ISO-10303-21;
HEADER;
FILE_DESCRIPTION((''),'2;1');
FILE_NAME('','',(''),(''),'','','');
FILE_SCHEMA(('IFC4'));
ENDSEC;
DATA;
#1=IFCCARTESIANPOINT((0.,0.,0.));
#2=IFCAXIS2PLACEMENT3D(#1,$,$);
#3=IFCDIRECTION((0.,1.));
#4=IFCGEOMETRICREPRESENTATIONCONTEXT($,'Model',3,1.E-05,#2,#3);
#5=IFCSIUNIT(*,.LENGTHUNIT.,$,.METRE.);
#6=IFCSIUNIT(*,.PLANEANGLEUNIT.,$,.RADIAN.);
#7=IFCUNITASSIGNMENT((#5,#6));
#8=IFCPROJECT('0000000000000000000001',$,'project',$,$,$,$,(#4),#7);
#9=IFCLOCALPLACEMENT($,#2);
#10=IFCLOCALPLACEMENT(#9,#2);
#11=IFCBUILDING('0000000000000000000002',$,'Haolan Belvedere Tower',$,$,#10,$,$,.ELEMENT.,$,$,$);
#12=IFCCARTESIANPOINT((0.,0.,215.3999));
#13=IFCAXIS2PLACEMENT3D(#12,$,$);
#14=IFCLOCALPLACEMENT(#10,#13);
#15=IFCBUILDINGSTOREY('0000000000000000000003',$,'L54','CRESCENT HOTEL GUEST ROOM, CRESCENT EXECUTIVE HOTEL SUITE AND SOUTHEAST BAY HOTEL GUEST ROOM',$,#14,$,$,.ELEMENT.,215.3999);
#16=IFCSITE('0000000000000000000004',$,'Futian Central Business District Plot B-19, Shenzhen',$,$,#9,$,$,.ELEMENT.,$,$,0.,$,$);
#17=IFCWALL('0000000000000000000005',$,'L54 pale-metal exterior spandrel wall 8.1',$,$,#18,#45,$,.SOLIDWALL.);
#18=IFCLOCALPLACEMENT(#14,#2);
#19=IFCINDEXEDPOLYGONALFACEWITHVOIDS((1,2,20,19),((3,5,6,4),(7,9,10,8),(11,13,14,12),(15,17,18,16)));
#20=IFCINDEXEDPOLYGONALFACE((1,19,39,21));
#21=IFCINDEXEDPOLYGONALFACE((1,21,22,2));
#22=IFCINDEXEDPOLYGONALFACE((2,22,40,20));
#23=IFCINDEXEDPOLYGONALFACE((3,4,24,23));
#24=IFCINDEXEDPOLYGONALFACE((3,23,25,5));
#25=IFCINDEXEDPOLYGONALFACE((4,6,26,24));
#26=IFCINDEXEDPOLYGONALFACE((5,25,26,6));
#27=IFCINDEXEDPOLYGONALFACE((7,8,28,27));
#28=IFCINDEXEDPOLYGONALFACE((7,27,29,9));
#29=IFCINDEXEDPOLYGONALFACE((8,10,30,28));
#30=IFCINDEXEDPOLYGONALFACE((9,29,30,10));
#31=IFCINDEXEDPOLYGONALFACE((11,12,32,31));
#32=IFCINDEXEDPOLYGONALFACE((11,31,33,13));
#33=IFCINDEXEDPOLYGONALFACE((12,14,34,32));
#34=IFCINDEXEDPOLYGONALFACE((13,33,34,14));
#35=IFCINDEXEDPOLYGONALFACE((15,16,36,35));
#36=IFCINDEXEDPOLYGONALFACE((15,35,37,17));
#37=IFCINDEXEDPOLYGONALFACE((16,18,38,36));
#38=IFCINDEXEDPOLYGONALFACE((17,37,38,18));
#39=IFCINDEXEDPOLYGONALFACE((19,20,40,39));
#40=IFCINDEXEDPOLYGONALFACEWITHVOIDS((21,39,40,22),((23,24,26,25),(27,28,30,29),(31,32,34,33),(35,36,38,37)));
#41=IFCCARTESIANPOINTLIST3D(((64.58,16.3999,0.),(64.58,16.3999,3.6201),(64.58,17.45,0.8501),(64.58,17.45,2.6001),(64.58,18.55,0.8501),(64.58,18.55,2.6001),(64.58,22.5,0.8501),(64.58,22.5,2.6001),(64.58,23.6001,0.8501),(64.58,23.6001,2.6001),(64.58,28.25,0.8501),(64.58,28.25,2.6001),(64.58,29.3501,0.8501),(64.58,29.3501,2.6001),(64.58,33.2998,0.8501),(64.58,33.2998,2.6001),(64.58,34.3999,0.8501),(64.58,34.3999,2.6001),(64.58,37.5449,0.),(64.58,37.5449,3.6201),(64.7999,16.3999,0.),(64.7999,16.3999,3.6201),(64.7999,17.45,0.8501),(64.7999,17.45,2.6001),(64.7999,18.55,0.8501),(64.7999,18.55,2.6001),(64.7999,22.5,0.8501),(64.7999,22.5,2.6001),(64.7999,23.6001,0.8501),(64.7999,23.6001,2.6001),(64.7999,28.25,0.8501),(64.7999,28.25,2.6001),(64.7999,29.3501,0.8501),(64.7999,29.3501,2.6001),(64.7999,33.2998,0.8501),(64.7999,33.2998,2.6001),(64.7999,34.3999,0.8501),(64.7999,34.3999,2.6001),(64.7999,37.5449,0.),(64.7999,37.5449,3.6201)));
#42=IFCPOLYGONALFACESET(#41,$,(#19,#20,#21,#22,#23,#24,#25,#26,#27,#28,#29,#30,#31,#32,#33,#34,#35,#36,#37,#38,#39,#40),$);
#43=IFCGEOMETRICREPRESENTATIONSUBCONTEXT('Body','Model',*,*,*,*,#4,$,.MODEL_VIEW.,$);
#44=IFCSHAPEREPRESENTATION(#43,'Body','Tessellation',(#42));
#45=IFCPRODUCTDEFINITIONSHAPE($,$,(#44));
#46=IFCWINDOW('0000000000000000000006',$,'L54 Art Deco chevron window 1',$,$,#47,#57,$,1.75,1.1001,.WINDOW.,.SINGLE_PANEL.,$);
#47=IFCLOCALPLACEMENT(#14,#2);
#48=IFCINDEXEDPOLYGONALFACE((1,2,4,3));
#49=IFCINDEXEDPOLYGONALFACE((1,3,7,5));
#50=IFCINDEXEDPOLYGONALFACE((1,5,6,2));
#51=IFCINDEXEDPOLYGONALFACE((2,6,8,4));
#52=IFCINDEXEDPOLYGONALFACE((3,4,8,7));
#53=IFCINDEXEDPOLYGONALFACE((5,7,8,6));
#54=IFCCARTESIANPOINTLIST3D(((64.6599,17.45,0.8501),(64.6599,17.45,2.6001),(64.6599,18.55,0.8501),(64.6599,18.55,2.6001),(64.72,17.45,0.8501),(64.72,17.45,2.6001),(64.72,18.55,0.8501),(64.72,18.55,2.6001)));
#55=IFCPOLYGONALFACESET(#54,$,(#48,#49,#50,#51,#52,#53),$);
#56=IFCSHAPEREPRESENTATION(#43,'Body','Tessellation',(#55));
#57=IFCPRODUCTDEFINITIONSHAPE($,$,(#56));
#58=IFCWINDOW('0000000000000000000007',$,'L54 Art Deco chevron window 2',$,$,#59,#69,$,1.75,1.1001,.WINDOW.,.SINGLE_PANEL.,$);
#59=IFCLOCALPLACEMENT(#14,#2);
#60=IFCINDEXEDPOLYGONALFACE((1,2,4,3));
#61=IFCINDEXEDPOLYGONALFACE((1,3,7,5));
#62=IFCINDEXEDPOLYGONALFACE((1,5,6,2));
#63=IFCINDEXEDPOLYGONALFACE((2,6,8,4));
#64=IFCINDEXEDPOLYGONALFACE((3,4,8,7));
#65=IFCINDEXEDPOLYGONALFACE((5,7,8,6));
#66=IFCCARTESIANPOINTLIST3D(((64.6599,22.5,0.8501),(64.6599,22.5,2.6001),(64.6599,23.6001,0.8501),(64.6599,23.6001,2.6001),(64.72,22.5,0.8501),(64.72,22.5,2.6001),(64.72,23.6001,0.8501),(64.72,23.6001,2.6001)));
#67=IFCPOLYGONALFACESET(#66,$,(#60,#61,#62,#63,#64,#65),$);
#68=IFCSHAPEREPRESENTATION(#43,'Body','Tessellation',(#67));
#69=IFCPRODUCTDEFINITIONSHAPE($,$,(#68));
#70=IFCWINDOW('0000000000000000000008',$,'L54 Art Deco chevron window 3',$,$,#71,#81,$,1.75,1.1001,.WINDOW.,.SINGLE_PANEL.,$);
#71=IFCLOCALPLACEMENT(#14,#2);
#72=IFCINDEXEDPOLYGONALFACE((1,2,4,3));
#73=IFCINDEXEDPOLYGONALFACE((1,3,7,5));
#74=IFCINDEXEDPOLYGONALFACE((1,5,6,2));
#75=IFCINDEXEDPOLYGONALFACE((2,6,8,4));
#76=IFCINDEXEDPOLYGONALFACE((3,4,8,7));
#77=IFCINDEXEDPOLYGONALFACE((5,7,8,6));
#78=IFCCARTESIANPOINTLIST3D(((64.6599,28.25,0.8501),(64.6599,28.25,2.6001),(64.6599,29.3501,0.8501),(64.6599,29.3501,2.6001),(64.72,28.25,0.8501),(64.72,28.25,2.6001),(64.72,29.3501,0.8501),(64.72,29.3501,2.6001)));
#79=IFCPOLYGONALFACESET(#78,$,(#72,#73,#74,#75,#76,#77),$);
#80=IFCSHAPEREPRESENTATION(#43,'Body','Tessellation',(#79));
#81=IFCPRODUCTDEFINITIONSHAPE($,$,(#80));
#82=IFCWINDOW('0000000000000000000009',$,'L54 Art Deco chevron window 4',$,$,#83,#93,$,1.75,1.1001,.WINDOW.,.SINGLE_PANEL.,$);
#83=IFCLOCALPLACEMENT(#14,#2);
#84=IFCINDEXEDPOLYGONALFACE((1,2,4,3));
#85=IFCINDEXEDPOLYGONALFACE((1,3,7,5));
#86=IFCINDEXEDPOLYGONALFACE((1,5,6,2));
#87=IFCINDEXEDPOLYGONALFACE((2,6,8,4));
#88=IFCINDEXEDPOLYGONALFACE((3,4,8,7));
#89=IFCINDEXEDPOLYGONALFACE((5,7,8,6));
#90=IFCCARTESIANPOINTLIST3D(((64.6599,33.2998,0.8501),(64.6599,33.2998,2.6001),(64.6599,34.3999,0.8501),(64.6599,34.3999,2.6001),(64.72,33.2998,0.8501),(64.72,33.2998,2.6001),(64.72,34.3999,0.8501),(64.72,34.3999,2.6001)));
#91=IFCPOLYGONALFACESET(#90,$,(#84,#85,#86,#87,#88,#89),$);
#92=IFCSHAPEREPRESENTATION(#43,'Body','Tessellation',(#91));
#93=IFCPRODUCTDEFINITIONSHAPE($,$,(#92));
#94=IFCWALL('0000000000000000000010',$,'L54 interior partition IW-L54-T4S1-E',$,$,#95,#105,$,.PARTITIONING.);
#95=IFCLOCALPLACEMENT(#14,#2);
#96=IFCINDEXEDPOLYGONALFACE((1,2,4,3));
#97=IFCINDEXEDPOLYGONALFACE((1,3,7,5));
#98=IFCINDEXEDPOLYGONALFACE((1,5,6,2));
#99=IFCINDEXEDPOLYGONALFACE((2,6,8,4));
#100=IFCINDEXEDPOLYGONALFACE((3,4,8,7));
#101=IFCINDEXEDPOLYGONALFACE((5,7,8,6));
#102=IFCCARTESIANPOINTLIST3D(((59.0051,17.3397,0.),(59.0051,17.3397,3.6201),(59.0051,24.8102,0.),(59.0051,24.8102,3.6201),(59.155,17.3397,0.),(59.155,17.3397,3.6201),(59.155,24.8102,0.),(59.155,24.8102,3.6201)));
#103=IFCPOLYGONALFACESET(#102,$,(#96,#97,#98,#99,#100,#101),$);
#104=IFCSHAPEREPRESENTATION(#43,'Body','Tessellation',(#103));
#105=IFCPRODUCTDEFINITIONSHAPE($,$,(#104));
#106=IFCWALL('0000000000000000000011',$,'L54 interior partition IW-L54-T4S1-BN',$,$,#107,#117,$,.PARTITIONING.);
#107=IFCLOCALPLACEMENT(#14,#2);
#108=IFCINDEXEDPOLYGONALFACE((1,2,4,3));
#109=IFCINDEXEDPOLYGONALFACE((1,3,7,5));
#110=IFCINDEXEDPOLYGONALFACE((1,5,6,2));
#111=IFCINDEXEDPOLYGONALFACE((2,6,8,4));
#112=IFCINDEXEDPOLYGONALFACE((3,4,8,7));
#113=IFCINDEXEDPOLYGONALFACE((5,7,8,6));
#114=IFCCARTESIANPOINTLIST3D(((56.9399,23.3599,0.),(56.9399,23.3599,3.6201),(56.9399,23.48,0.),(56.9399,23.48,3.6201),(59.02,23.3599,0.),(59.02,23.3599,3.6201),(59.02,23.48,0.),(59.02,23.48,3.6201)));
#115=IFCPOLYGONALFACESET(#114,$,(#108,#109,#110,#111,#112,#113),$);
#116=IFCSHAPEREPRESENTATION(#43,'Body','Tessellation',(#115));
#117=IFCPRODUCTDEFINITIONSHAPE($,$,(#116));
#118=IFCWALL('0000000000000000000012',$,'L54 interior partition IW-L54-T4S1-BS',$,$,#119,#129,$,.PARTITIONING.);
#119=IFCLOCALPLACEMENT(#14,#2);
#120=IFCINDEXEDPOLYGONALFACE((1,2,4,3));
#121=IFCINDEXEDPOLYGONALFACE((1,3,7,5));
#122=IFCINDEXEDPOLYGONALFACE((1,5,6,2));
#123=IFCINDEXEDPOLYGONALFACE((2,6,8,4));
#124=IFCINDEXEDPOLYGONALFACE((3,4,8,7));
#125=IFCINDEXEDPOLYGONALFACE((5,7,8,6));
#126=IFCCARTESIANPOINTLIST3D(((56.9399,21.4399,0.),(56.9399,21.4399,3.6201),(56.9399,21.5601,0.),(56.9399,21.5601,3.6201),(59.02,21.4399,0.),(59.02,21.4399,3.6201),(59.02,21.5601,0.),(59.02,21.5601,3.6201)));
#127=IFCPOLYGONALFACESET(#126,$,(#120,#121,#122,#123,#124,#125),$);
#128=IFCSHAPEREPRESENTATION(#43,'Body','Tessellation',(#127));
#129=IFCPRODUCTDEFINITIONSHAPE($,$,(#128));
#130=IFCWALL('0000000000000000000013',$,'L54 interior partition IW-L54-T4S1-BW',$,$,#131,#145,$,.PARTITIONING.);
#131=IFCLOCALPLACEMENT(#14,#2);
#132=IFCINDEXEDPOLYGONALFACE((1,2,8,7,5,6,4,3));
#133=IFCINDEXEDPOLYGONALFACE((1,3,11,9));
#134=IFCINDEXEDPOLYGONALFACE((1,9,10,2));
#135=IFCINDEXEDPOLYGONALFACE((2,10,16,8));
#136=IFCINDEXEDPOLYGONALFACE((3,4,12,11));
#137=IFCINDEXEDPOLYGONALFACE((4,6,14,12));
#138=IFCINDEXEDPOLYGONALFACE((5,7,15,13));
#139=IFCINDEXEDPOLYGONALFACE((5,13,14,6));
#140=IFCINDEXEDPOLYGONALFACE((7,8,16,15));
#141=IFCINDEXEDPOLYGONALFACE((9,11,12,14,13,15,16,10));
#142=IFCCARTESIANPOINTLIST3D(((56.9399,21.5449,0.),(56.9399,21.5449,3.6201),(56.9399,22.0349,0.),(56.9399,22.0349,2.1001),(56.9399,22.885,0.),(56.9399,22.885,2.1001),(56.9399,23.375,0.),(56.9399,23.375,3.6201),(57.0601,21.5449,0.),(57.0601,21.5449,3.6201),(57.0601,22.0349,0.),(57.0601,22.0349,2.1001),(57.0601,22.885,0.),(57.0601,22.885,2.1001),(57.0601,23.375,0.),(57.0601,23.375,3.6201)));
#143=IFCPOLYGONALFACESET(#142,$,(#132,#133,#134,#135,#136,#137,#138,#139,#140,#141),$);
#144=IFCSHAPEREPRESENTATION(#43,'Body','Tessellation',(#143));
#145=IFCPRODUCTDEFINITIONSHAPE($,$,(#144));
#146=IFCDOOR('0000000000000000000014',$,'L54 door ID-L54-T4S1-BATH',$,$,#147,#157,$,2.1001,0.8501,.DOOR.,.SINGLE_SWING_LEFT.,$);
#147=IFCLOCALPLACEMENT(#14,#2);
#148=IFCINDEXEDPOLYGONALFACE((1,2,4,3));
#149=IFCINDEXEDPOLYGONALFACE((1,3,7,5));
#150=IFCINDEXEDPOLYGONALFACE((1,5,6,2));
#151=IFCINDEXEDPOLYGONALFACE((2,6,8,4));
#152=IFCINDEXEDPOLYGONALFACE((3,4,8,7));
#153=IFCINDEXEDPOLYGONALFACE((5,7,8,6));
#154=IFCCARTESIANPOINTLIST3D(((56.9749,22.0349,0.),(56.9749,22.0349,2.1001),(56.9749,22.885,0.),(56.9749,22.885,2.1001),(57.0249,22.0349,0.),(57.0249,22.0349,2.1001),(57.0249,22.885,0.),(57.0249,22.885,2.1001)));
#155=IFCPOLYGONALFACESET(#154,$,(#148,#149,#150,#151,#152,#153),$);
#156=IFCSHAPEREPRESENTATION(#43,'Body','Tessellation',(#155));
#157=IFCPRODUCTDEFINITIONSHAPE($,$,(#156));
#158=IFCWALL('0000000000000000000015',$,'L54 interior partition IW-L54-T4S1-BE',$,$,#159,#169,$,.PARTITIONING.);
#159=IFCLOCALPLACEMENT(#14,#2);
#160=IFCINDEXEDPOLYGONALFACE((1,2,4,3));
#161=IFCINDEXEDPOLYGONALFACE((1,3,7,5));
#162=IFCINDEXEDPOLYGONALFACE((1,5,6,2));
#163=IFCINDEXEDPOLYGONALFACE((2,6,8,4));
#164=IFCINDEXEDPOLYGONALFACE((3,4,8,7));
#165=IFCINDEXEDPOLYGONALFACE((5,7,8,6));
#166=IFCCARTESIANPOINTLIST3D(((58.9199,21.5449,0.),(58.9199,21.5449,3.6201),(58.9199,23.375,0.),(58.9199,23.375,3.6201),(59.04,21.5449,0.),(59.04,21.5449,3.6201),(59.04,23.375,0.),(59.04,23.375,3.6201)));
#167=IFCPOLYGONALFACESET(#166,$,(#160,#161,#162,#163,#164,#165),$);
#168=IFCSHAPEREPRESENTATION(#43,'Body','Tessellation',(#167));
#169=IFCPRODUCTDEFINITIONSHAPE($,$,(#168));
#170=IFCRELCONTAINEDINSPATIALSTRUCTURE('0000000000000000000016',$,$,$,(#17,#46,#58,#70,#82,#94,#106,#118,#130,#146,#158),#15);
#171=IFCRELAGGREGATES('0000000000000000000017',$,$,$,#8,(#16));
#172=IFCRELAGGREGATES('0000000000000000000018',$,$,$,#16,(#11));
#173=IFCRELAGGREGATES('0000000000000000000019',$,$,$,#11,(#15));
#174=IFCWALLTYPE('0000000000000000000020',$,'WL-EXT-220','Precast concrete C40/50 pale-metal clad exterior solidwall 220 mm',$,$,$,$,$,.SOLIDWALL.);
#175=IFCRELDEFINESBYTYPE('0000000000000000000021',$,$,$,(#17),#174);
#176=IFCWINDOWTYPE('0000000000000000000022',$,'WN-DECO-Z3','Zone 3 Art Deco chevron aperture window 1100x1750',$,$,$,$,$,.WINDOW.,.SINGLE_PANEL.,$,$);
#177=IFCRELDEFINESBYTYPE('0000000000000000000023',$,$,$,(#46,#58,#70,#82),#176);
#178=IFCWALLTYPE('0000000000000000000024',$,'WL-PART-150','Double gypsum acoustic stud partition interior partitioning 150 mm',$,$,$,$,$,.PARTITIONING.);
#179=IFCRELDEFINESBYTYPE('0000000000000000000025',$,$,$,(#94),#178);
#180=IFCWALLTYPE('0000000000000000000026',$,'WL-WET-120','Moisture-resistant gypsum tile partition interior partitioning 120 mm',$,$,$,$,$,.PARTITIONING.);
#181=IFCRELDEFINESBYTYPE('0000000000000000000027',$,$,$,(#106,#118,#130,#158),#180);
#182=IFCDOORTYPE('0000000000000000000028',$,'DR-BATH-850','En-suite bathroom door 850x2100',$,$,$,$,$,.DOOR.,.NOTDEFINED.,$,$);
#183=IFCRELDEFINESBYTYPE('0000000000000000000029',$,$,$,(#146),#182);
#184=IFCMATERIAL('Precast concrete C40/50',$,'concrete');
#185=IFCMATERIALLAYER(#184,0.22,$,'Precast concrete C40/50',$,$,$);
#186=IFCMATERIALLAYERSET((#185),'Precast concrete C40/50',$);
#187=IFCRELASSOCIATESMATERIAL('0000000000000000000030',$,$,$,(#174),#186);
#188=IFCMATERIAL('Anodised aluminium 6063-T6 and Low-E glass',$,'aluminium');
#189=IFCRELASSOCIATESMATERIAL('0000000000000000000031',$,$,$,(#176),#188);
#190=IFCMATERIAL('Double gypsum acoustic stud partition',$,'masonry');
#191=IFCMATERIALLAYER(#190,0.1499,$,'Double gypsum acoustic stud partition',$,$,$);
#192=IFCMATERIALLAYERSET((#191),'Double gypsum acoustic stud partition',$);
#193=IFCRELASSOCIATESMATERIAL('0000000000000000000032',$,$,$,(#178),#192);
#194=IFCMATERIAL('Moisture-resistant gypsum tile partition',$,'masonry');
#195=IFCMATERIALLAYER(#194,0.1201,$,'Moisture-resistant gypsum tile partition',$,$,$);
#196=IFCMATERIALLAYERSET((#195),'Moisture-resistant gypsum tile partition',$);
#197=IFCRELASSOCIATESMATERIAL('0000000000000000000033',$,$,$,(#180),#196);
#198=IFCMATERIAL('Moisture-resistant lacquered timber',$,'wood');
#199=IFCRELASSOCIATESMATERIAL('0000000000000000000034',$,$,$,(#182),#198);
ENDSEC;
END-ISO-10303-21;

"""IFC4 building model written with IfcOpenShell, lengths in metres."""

from ifc_helpers import new_model, si_unit, direction, frame, frame_2d, origin, place, context, subcontext, project, spatial, rectangle, extrude, material, layer, layer_set, type_object, element, fill, save


model = new_model("IFC4")

# Units and contexts
model_context = context("Model", 3, precision=1e-05, world=origin(), true_north=direction((0.0, 1.0)))
body_context = subcontext(model_context, "Body", "Model", "MODEL_VIEW")
ifc_project = project(units=[si_unit("LENGTHUNIT", "METRE"), si_unit("PLANEANGLEUNIT", "RADIAN")], contexts=[model_context])

# Site, building, storey
site_placement = place(None, origin())
site = spatial("IfcSite", under=ifc_project, at=site_placement, Name="Futian Central Business District Plot B-19, Shenzhen", CompositionType="ELEMENT", RefElevation=0.0)
building_placement = place(site_placement, origin())
building = spatial("IfcBuilding", under=site, at=building_placement, Name="Haolan Belvedere Tower", CompositionType="ELEMENT")
storey_placement = place(building_placement, frame((0.0, 0.0, 215.3999)))
storey = spatial("IfcBuildingStorey", under=building, at=storey_placement, Name="L54", Description="CRESCENT HOTEL GUEST ROOM, CRESCENT EXECUTIVE HOTEL SUITE AND SOUTHEAST BAY HOTEL GUEST ROOM", CompositionType="ELEMENT", Elevation=215.3999)

# Shared definitions
ifc_material_1 = material(Name="Precast concrete C40/50", Category="concrete")
ifc_layer_1 = layer(ifc_material_1, 0.22, Name="Precast concrete C40/50")
ifc_layer_set_1 = layer_set([ifc_layer_1], Name="Precast concrete C40/50")
wall_type_1 = type_object("IfcWallType", Name="WL-EXT-220", Description="Precast concrete C40/50 pale-metal clad exterior solidwall 220 mm", PredefinedType="SOLIDWALL", material=ifc_layer_set_1)
ifc_material_2 = material(Name="Anodised aluminium 6063-T6 and Low-E glass", Category="aluminium")
window_type = type_object("IfcWindowType", Name="WN-DECO-Z3", Description="Zone 3 Art Deco chevron aperture window 1100x1750", PartitioningType="SINGLE_PANEL", PredefinedType="WINDOW", material=ifc_material_2)

# Wall, openings, windows
wall_1_placement = place(storey_placement, frame((64.6899, 16.3999, 0.0), z_axis=(0.0, 0.0, 1.0), x_axis=(0.0, 1.0, 0.0)))
wall_1 = element("IfcWall", 1, at=wall_1_placement, inside=storey, type_object=wall_type_1, Name="L54 pale-metal exterior spandrel wall 8.1", PredefinedType="SOLIDWALL", context=body_context, shape_type="SweptSolid", body=[
    extrude(rectangle(XDim=21.145, YDim=0.22, at=frame_2d((10.5725, 0.0))), origin(), (0.0, 0.0, 1.0), 3.6201),
])
opening_1_placement = place(wall_1_placement, frame((1.05, 0.0, 0.8501)))
opening_1 = element("IfcOpeningElement", 2, at=opening_1_placement, cuts=wall_1, PredefinedType="OPENING", context=body_context, shape_type="SweptSolid", body=[
    extrude(rectangle(XDim=1.1001, YDim=1.75, at=frame_2d((0.55, 0.875))), frame((0.0, 0.1199, 0.0), z_axis=(0.0, -1.0, 0.0), x_axis=(1.0, 0.0, 0.0)), (0.0, 0.0, 1.0), 0.24),
])
opening_2_placement = place(wall_1_placement, frame((6.1001, 0.0, 0.8501)))
opening_2 = element("IfcOpeningElement", 3, at=opening_2_placement, cuts=wall_1, PredefinedType="OPENING", context=body_context, shape_type="SweptSolid", body=[
    extrude(rectangle(XDim=1.1001, YDim=1.75, at=frame_2d((0.55, 0.875))), frame((0.0, 0.1199, 0.0), z_axis=(0.0, -1.0, 0.0), x_axis=(1.0, 0.0, 0.0)), (0.0, 0.0, 1.0), 0.24),
])
opening_3_placement = place(wall_1_placement, frame((11.8501, 0.0, 0.8501)))
opening_3 = element("IfcOpeningElement", 4, at=opening_3_placement, cuts=wall_1, PredefinedType="OPENING", context=body_context, shape_type="SweptSolid", body=[
    extrude(rectangle(XDim=1.1001, YDim=1.75, at=frame_2d((0.55, 0.875))), frame((0.0, 0.1199, 0.0), z_axis=(0.0, -1.0, 0.0), x_axis=(1.0, 0.0, 0.0)), (0.0, 0.0, 1.0), 0.24),
])
opening_4_placement = place(wall_1_placement, frame((16.8999, 0.0, 0.8501)))
opening_4 = element("IfcOpeningElement", 5, at=opening_4_placement, cuts=wall_1, PredefinedType="OPENING", context=body_context, shape_type="SweptSolid", body=[
    extrude(rectangle(XDim=1.1001, YDim=1.75, at=frame_2d((0.55, 0.875))), frame((0.0, 0.1199, 0.0), z_axis=(0.0, -1.0, 0.0), x_axis=(1.0, 0.0, 0.0)), (0.0, 0.0, 1.0), 0.24),
])
window_1_placement = place(opening_1_placement, origin())
window_1 = element("IfcWindow", 6, at=window_1_placement, inside=storey, type_object=window_type, Name="L54 Art Deco chevron window 1", OverallHeight=1.75, OverallWidth=1.1001, PartitioningType="SINGLE_PANEL", PredefinedType="WINDOW", context=body_context, shape_type="SweptSolid", body=[
    extrude(rectangle(XDim=1.1001, YDim=1.75, at=frame_2d((0.55, 0.875))), frame((0.0, 0.03, 0.0), z_axis=(0.0, -1.0, 0.0), x_axis=(1.0, 0.0, 0.0)), (0.0, 0.0, 1.0), 0.0601),
])
fill(opening_1, window_1)
window_2_placement = place(opening_2_placement, origin())
window_2 = element("IfcWindow", 7, at=window_2_placement, inside=storey, type_object=window_type, Name="L54 Art Deco chevron window 2", OverallHeight=1.75, OverallWidth=1.1001, PartitioningType="SINGLE_PANEL", PredefinedType="WINDOW", context=body_context, shape_type="SweptSolid", body=[
    extrude(rectangle(XDim=1.1001, YDim=1.75, at=frame_2d((0.55, 0.875))), frame((0.0, 0.03, 0.0), z_axis=(0.0, -1.0, 0.0), x_axis=(1.0, 0.0, 0.0)), (0.0, 0.0, 1.0), 0.0601),
])
fill(opening_2, window_2)
window_3_placement = place(opening_3_placement, origin())
window_3 = element("IfcWindow", 8, at=window_3_placement, inside=storey, type_object=window_type, Name="L54 Art Deco chevron window 3", OverallHeight=1.75, OverallWidth=1.1001, PartitioningType="SINGLE_PANEL", PredefinedType="WINDOW", context=body_context, shape_type="SweptSolid", body=[
    extrude(rectangle(XDim=1.1001, YDim=1.75, at=frame_2d((0.55, 0.875))), frame((0.0, 0.03, 0.0), z_axis=(0.0, -1.0, 0.0), x_axis=(1.0, 0.0, 0.0)), (0.0, 0.0, 1.0), 0.0601),
])
fill(opening_3, window_3)
window_4_placement = place(opening_4_placement, origin())
window_4 = element("IfcWindow", 9, at=window_4_placement, inside=storey, type_object=window_type, Name="L54 Art Deco chevron window 4", OverallHeight=1.75, OverallWidth=1.1001, PartitioningType="SINGLE_PANEL", PredefinedType="WINDOW", context=body_context, shape_type="SweptSolid", body=[
    extrude(rectangle(XDim=1.1001, YDim=1.75, at=frame_2d((0.55, 0.875))), frame((0.0, 0.03, 0.0), z_axis=(0.0, -1.0, 0.0), x_axis=(1.0, 0.0, 0.0)), (0.0, 0.0, 1.0), 0.0601),
])
fill(opening_4, window_4)

# Walls
ifc_material_3 = material(Name="Double gypsum acoustic stud partition", Category="masonry")
ifc_layer_2 = layer(ifc_material_3, 0.1499, Name="Double gypsum acoustic stud partition")
ifc_layer_set_2 = layer_set([ifc_layer_2], Name="Double gypsum acoustic stud partition")
wall_type_2 = type_object("IfcWallType", Name="WL-PART-150", Description="Double gypsum acoustic stud partition interior partitioning 150 mm", PredefinedType="PARTITIONING", material=ifc_layer_set_2)
wall_2_placement = place(storey_placement, frame((59.0801, 17.3396, 0.0), z_axis=(0.0, 0.0, 1.0), x_axis=(0.0, 1.0, 0.0)))
element("IfcWall", 10, at=wall_2_placement, inside=storey, type_object=wall_type_2, Name="L54 interior partition IW-L54-T4S1-E", PredefinedType="PARTITIONING", context=body_context, shape_type="SweptSolid", body=[
    extrude(rectangle(XDim=7.4705, YDim=0.1499, at=frame_2d((3.7354, 0.0))), origin(), (0.0, 0.0, 1.0), 3.6201),
])
ifc_material_4 = material(Name="Moisture-resistant gypsum tile partition", Category="masonry")
ifc_layer_3 = layer(ifc_material_4, 0.1201, Name="Moisture-resistant gypsum tile partition")
ifc_layer_set_3 = layer_set([ifc_layer_3], Name="Moisture-resistant gypsum tile partition")
wall_type_3 = type_object("IfcWallType", Name="WL-WET-120", Description="Moisture-resistant gypsum tile partition interior partitioning 120 mm", PredefinedType="PARTITIONING", material=ifc_layer_set_3)
for number, where, z_axis, x_axis, name in (
    (11, (56.9399, 23.4199, 0.0), (0.0, 0.0, 1.0), (1.0, 0.0, 0.0), "L54 interior partition IW-L54-T4S1-BN"),
    (12, (56.9399, 21.5, 0.0), (0.0, 0.0, 1.0), (1.0, 0.0, 0.0), "L54 interior partition IW-L54-T4S1-BS"),
):
    element("IfcWall", number, at=place(storey_placement, frame(where, z_axis=z_axis, x_axis=x_axis)), inside=storey, type_object=wall_type_3, Name=name, PredefinedType="PARTITIONING", context=body_context, shape_type="SweptSolid", body=[
        extrude(rectangle(XDim=2.0801, YDim=0.1201, at=frame_2d((1.04, 0.0))), origin(), (0.0, 0.0, 1.0), 3.6201),
    ])

# Wall, opening, door
wall_3_placement = place(storey_placement, frame((57.0, 21.5449, 0.0), z_axis=(0.0, 0.0, 1.0), x_axis=(0.0, 1.0, 0.0)))
wall_3 = element("IfcWall", 13, at=wall_3_placement, inside=storey, type_object=wall_type_3, Name="L54 interior partition IW-L54-T4S1-BW", PredefinedType="PARTITIONING", context=body_context, shape_type="SweptSolid", body=[
    extrude(rectangle(XDim=1.8301, YDim=0.1201, at=frame_2d((0.915, 0.0))), origin(), (0.0, 0.0, 1.0), 3.6201),
])
opening_5_placement = place(wall_3_placement, frame((1.3401, 0.0, 0.0), z_axis=(0.0, 0.0, 1.0), x_axis=(-1.0, 0.0, 0.0)))
opening_5 = element("IfcOpeningElement", 14, at=opening_5_placement, cuts=wall_3, PredefinedType="OPENING", context=body_context, shape_type="SweptSolid", body=[
    extrude(rectangle(XDim=0.8501, YDim=2.1001, at=frame_2d((0.425, 1.05))), frame((0.0, 0.0701, 0.0), z_axis=(0.0, -1.0, 0.0), x_axis=(1.0, 0.0, 0.0)), (0.0, 0.0, 1.0), 0.1401),
])
ifc_material_5 = material(Name="Moisture-resistant lacquered timber", Category="wood")
door_type = type_object("IfcDoorType", Name="DR-BATH-850", Description="En-suite bathroom door 850x2100", OperationType="NOTDEFINED", PredefinedType="DOOR", material=ifc_material_5)
door_1_placement = place(opening_5_placement, origin())
door_1 = element("IfcDoor", 15, at=door_1_placement, inside=storey, type_object=door_type, Name="L54 door ID-L54-T4S1-BATH", OperationType="SINGLE_SWING_LEFT", OverallHeight=2.1001, OverallWidth=0.8501, PredefinedType="DOOR", context=body_context, shape_type="SweptSolid", body=[
    extrude(rectangle(XDim=0.8501, YDim=2.1001, at=frame_2d((0.425, 1.05))), frame((0.0, 0.0249, 0.0), z_axis=(0.0, -1.0, 0.0), x_axis=(1.0, 0.0, 0.0)), (0.0, 0.0, 1.0), 0.05),
])
fill(opening_5, door_1)

# Wall
wall_4_placement = place(storey_placement, frame((58.98, 21.5449, 0.0), z_axis=(0.0, 0.0, 1.0), x_axis=(0.0, 1.0, 0.0)))
element("IfcWall", 16, at=wall_4_placement, inside=storey, type_object=wall_type_3, Name="L54 interior partition IW-L54-T4S1-BE", PredefinedType="PARTITIONING", context=body_context, shape_type="SweptSolid", body=[
    extrude(rectangle(XDim=1.8301, YDim=0.1201, at=frame_2d((0.915, 0.0))), origin(), (0.0, 0.0, 1.0), 3.6201),
])

save(model, "model.ifc")
